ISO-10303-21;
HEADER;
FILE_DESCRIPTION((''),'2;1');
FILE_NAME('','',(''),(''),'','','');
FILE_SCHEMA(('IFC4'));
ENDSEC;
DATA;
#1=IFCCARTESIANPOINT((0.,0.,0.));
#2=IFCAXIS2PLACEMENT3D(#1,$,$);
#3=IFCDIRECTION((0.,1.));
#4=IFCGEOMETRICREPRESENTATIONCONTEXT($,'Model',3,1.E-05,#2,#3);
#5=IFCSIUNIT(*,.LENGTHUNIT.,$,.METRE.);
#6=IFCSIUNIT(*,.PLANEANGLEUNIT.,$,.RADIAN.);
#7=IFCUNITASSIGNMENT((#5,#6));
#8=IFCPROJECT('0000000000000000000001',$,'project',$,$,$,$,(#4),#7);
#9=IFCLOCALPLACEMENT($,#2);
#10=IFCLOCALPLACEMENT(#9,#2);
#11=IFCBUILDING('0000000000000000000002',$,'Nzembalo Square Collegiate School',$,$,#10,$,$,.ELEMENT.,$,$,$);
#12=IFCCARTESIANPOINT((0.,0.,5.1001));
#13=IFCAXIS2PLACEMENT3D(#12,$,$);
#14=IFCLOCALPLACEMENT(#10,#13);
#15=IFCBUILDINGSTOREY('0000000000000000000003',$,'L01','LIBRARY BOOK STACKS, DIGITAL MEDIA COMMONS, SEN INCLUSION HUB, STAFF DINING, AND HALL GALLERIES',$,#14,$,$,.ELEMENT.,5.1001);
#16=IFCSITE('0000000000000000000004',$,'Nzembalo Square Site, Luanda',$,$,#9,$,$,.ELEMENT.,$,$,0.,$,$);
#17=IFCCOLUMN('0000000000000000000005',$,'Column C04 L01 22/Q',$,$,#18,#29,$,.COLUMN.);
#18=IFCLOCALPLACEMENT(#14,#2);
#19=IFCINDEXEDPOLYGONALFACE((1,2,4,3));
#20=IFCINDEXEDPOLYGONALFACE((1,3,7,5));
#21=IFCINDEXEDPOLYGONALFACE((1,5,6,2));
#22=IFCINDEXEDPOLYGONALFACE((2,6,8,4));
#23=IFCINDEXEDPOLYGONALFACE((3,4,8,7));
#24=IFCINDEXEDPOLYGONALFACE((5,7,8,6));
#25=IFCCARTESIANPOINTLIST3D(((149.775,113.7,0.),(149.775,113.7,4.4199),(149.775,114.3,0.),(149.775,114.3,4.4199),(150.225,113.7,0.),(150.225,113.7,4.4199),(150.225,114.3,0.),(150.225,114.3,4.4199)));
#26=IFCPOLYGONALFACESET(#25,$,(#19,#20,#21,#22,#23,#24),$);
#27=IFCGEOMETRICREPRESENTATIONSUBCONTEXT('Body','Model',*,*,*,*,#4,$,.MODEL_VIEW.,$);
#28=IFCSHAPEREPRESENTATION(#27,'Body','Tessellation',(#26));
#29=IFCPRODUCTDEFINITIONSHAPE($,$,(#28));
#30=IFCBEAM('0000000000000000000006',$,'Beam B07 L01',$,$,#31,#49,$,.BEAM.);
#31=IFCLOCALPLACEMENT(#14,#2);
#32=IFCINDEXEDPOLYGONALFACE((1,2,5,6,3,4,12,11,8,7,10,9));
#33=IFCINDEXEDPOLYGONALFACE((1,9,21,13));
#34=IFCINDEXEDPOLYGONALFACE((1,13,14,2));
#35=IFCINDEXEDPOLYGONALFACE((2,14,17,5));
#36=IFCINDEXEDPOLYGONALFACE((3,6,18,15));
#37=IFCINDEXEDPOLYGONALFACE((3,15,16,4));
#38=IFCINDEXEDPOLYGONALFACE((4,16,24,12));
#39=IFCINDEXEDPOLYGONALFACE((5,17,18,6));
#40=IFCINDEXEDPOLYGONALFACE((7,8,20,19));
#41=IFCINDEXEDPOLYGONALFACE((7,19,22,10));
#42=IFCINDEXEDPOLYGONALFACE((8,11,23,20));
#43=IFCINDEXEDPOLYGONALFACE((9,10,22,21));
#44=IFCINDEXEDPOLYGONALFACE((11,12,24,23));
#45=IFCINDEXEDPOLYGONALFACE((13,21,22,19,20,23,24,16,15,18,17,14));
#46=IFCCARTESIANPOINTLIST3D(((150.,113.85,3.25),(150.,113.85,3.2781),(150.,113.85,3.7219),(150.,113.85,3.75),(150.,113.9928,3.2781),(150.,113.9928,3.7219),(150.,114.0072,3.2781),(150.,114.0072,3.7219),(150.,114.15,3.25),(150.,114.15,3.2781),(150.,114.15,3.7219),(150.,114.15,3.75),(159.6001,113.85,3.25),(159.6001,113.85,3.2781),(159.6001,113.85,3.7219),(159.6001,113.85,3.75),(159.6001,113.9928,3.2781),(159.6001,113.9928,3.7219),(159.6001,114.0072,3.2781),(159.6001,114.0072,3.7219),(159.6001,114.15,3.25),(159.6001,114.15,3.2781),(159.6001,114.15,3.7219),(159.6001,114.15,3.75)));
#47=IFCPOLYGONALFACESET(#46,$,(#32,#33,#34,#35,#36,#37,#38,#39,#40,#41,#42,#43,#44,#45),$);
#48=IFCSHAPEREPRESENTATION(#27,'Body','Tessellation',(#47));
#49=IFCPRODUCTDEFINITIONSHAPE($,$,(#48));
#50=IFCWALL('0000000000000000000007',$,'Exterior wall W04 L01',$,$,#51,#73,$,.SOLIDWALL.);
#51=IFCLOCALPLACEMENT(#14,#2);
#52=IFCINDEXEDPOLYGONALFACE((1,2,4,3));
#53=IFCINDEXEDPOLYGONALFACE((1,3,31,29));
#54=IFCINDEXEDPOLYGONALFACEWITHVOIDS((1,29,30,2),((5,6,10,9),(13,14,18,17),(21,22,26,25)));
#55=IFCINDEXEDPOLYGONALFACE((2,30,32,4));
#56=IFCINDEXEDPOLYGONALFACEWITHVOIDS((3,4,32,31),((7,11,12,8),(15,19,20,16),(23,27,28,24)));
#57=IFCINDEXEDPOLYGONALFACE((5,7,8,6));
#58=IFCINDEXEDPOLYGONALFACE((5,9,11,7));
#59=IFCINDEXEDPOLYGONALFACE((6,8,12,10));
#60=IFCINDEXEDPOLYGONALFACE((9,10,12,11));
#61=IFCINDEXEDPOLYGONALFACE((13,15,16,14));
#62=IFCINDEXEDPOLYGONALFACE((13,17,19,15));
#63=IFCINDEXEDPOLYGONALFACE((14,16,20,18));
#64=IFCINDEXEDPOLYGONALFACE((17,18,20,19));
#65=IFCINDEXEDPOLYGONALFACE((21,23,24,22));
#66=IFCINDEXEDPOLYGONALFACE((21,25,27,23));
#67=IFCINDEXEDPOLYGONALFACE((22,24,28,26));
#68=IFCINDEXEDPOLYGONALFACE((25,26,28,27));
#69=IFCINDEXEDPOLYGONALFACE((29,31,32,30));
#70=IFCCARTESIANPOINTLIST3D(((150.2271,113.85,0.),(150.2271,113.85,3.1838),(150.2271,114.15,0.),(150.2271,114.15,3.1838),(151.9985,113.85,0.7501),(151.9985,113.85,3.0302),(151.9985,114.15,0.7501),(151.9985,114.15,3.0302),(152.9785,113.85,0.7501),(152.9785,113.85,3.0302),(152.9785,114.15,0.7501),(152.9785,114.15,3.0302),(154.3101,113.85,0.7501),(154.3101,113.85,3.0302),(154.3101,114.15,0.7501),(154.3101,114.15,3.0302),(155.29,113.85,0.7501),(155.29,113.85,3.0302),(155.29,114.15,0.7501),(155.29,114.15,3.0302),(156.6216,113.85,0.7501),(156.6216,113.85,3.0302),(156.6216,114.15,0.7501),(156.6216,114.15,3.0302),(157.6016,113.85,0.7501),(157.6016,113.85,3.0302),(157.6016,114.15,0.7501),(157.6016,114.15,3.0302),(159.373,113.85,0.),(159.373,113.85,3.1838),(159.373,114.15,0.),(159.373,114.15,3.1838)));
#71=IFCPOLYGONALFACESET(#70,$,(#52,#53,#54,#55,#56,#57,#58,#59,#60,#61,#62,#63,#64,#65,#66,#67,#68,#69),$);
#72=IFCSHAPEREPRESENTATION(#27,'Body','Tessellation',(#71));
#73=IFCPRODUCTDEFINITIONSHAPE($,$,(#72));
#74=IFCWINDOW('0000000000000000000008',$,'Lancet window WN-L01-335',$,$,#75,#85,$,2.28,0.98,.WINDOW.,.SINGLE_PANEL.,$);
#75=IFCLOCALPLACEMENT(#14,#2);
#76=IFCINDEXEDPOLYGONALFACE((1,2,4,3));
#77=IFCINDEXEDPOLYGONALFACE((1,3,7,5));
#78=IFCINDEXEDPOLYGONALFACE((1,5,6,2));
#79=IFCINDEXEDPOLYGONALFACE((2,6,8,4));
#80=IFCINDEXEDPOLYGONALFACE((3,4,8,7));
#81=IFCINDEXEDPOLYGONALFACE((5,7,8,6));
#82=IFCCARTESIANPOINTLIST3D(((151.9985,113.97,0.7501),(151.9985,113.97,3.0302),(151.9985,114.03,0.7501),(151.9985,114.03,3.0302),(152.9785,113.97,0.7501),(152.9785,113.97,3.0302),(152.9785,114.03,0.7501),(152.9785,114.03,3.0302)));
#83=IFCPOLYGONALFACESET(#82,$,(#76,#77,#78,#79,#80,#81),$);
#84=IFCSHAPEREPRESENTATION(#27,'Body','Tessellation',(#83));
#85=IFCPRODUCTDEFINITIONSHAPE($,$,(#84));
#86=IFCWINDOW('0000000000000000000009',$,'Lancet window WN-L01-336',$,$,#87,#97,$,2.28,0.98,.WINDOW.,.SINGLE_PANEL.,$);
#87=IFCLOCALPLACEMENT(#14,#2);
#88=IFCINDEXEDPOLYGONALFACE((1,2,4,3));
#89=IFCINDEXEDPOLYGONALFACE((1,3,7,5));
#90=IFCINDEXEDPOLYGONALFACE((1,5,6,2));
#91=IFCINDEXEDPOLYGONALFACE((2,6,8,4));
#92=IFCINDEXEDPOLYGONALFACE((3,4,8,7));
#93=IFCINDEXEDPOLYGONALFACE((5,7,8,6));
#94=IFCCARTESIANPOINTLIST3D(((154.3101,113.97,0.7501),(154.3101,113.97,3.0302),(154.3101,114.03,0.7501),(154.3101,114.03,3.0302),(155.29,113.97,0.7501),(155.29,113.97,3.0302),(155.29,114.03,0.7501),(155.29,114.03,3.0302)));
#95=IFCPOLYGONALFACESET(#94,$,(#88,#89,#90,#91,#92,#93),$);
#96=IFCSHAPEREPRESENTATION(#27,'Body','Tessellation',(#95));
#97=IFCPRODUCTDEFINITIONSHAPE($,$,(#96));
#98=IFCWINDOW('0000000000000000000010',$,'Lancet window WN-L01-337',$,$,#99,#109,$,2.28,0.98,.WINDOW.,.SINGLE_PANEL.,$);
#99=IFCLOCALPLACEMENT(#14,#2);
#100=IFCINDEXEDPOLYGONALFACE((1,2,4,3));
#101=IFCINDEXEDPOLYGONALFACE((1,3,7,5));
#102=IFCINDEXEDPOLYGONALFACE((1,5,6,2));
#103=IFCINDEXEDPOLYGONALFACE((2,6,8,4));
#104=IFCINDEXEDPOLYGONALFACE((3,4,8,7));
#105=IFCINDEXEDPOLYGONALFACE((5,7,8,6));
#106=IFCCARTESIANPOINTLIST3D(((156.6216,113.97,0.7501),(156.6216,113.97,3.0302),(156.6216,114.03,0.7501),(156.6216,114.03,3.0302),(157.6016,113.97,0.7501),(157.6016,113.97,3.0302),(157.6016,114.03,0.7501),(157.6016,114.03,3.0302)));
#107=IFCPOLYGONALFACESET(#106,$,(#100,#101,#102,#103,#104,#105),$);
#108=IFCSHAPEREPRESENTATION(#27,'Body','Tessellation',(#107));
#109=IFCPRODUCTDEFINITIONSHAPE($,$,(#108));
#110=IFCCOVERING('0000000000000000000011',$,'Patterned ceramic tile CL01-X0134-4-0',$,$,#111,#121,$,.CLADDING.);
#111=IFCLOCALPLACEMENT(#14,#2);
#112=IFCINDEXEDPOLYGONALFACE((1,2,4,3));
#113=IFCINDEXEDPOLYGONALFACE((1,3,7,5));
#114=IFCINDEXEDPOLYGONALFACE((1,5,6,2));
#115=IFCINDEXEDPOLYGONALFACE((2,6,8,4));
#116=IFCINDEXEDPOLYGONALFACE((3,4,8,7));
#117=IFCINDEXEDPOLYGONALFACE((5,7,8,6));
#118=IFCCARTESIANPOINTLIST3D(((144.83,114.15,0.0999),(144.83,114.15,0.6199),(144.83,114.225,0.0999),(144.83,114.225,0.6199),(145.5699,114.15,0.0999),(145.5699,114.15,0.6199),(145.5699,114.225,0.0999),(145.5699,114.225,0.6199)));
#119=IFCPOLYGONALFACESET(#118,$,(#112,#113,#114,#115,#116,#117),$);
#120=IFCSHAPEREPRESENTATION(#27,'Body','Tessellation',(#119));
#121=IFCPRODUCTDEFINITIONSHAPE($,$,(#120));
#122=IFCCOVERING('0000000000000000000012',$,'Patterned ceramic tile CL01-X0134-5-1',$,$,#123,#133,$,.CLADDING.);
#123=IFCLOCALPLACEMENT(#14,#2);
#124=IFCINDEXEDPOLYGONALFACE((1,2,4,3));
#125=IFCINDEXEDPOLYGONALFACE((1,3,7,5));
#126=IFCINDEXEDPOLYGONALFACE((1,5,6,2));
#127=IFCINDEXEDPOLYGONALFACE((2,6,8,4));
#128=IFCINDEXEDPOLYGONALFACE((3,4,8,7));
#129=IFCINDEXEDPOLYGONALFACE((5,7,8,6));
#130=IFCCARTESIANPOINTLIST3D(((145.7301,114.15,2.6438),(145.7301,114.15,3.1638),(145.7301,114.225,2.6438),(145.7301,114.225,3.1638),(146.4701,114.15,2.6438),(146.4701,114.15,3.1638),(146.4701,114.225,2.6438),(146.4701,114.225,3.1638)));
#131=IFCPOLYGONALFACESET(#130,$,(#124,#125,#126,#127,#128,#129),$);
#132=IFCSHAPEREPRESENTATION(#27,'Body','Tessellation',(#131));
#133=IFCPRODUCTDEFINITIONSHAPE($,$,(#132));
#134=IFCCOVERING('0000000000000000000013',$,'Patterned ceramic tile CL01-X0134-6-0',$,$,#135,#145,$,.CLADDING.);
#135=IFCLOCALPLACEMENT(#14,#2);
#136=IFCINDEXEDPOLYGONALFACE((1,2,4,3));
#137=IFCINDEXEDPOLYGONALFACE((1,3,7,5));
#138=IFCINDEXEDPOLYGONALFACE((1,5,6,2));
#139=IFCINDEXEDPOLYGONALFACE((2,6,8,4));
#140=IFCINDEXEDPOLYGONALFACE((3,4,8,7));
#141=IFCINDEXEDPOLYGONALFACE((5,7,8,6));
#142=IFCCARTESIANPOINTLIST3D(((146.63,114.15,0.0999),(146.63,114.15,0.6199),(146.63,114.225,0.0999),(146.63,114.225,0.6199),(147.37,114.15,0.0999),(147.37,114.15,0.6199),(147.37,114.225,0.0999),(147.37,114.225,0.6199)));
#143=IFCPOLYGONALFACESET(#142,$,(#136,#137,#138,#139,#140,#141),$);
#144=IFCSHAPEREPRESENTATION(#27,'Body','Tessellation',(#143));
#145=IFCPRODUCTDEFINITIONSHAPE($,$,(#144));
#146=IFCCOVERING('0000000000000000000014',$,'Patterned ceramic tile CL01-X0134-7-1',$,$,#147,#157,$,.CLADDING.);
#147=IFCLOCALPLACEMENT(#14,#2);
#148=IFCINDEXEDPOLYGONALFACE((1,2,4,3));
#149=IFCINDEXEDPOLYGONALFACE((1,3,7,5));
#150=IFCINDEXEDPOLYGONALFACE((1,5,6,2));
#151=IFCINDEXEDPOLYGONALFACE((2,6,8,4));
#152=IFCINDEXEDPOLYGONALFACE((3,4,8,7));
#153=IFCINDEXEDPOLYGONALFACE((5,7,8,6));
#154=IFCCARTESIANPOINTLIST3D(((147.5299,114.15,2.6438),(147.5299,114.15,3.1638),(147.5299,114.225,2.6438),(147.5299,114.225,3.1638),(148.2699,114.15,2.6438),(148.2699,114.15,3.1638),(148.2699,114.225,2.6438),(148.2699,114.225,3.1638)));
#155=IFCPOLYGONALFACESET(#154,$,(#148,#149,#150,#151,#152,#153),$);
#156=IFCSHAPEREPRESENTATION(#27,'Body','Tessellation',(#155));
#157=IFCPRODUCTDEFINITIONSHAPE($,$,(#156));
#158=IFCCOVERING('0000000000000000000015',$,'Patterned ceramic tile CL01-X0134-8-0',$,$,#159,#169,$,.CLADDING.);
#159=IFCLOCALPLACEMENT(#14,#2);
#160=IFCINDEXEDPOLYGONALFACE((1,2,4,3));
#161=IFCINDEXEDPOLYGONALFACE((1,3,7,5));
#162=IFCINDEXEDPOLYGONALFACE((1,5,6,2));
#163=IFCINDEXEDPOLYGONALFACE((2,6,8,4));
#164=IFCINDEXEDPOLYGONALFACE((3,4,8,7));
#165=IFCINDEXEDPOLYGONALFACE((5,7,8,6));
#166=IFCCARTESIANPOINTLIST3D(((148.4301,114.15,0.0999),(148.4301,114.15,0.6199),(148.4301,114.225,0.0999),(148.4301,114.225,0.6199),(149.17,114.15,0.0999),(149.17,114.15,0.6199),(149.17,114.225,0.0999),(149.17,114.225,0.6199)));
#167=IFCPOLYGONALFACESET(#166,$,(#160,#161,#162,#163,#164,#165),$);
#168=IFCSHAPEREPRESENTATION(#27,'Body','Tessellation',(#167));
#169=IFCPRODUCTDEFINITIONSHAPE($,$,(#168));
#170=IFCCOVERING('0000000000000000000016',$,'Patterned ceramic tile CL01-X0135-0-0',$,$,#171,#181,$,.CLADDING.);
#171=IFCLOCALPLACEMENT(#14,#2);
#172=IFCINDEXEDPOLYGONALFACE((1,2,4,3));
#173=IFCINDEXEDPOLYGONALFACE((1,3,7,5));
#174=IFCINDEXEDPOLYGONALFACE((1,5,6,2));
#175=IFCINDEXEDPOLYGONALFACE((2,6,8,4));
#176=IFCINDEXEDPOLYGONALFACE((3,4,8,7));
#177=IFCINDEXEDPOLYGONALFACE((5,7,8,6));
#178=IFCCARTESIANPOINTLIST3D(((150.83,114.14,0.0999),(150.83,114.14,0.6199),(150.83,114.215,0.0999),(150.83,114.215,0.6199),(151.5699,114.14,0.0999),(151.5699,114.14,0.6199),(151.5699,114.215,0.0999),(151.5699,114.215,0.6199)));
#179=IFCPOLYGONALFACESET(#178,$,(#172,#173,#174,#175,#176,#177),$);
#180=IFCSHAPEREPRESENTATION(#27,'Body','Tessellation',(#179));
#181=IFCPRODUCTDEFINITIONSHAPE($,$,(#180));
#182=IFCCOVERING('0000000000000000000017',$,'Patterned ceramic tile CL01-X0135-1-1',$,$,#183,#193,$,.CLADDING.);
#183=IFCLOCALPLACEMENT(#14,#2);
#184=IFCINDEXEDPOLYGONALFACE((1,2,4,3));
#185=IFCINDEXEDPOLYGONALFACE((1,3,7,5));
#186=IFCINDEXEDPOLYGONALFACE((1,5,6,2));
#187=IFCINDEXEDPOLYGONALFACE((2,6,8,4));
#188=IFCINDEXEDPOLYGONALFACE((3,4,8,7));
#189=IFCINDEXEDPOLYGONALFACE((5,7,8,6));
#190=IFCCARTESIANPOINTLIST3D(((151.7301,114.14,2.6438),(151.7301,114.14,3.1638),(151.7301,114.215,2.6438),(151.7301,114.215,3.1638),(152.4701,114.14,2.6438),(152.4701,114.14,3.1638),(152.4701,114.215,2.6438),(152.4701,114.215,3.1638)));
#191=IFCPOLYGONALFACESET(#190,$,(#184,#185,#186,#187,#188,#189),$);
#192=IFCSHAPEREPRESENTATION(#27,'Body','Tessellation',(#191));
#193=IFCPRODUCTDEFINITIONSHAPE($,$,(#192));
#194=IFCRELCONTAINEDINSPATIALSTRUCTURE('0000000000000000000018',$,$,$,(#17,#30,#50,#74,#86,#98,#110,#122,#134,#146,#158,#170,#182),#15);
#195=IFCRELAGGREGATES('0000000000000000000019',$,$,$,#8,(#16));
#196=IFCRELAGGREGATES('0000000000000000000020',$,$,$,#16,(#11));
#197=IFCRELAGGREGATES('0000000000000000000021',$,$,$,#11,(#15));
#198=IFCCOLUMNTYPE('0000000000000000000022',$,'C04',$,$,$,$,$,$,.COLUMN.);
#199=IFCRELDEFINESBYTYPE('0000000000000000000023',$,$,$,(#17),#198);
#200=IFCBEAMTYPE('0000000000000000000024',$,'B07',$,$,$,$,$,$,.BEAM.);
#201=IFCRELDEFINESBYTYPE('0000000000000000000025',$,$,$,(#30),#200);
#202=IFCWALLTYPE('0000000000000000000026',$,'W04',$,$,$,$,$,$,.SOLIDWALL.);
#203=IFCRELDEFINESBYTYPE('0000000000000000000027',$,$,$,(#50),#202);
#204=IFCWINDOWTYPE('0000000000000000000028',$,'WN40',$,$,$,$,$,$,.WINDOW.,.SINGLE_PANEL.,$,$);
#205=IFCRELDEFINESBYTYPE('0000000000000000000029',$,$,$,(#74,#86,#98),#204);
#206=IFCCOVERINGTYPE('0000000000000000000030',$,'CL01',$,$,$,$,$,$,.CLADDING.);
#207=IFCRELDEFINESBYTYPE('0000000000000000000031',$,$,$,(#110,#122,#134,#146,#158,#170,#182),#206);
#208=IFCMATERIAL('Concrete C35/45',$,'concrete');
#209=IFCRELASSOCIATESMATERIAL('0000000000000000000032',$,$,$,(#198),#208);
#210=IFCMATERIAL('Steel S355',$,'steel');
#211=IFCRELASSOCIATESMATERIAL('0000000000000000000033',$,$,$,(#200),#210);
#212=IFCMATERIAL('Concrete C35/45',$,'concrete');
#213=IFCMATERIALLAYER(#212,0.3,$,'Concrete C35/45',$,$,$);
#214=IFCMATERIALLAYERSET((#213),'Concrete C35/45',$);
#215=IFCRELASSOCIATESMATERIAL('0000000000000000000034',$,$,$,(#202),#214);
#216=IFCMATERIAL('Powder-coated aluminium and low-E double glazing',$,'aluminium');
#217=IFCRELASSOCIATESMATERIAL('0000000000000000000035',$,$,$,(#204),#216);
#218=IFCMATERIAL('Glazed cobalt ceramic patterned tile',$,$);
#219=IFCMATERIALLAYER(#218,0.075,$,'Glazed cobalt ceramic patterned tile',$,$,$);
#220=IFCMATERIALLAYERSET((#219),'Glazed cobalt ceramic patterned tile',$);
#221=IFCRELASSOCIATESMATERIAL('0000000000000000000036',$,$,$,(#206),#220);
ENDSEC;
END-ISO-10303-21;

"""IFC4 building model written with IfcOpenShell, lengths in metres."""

from ifc_helpers import new_model, si_unit, direction, frame, frame_2d, origin, origin_2d, place, context, subcontext, project, spatial, rectangle, i_section, extrude, material, layer, layer_set, material_profile, profile_set, type_object, element, fill, save


model = new_model("IFC4")

# Units and contexts
model_context = context("Model", 3, precision=1e-05, world=origin(), true_north=direction((0.0, 1.0)))
body_context = subcontext(model_context, "Body", "Model", "MODEL_VIEW")
ifc_project = project(units=[si_unit("LENGTHUNIT", "METRE"), si_unit("PLANEANGLEUNIT", "RADIAN")], contexts=[model_context])

# Site, building, storey
site_placement = place(None, origin())
site = spatial("IfcSite", under=ifc_project, at=site_placement, Name="Nzembalo Square Site, Luanda", CompositionType="ELEMENT", RefElevation=0.0)
building_placement = place(site_placement, origin())
building = spatial("IfcBuilding", under=site, at=building_placement, Name="Nzembalo Square Collegiate School", CompositionType="ELEMENT")
storey_placement = place(building_placement, frame((0.0, 0.0, 5.1001)))
storey = spatial("IfcBuildingStorey", under=building, at=storey_placement, Name="L01", Description="LIBRARY BOOK STACKS, DIGITAL MEDIA COMMONS, SEN INCLUSION HUB, STAFF DINING, AND HALL GALLERIES", CompositionType="ELEMENT", Elevation=5.1001)

# Column
ifc_material_1 = material(Name="Concrete C35/45", Category="concrete")
ifc_material_profile_1 = material_profile(ifc_material_1, rectangle(XDim=0.45, YDim=0.6001, at=origin_2d()), Name="RC 450x600")
ifc_profile_set_1 = profile_set([ifc_material_profile_1], Name="Concrete C35/45")
column_type = type_object("IfcColumnType", Name="C04", PredefinedType="COLUMN", material=ifc_profile_set_1)
column_placement = place(storey_placement, frame((150.0, 114.0, 0.0), z_axis=(0.0, 0.0, 1.0), x_axis=(1.0, 0.0, 0.0)))
element("IfcColumn", 1, at=column_placement, inside=storey, type_object=column_type, Name="Column C04 L01 22/Q", PredefinedType="COLUMN", context=body_context, shape_type="SweptSolid", body=[
    extrude(rectangle(XDim=0.45, YDim=0.6001, at=origin_2d()), origin(), (0.0, 0.0, 1.0), 4.4199),
])

# Beam
ifc_material_2 = material(Name="Steel S355", Category="steel")
ifc_material_profile_2 = material_profile(ifc_material_2, i_section(OverallWidth=0.3, OverallDepth=0.5, WebThickness=0.0144, FlangeThickness=0.0281, at=origin_2d()), Name="HEB 500")
ifc_profile_set_2 = profile_set([ifc_material_profile_2], Name="Steel S355")
beam_type = type_object("IfcBeamType", Name="B07", PredefinedType="BEAM", material=ifc_profile_set_2)
beam_placement = place(storey_placement, frame((150.0, 114.0, 3.5), z_axis=(1.0, 0.0, 0.0), x_axis=(0.0, 1.0, 0.0)))
element("IfcBeam", 2, at=beam_placement, inside=storey, type_object=beam_type, Name="Beam B07 L01", PredefinedType="BEAM", context=body_context, shape_type="SweptSolid", body=[
    extrude(i_section(OverallWidth=0.3, OverallDepth=0.5, WebThickness=0.0144, FlangeThickness=0.0281, at=origin_2d()), origin(), (0.0, 0.0, 1.0), 9.6001),
])

# Wall, openings, windows
ifc_material_3 = material(Name="Concrete C35/45", Category="concrete")
ifc_layer_1 = layer(ifc_material_3, 0.3, Name="Concrete C35/45")
ifc_layer_set_1 = layer_set([ifc_layer_1], Name="Concrete C35/45")
wall_type = type_object("IfcWallType", Name="W04", PredefinedType="SOLIDWALL", material=ifc_layer_set_1)
wall_placement = place(storey_placement, frame((150.2271, 114.0, 0.0), z_axis=(0.0, 0.0, 1.0), x_axis=(1.0, 0.0, 0.0)))
wall = element("IfcWall", 3, at=wall_placement, inside=storey, type_object=wall_type, Name="Exterior wall W04 L01", PredefinedType="SOLIDWALL", context=body_context, shape_type="SweptSolid", body=[
    extrude(rectangle(XDim=9.146, YDim=0.3, at=frame_2d((4.573, 0.0))), origin(), (0.0, 0.0, 1.0), 3.1838),
])
opening_1_placement = place(wall_placement, frame((1.7715, 0.0, 0.75)))
opening_1 = element("IfcOpeningElement", 4, at=opening_1_placement, cuts=wall, PredefinedType="OPENING", context=body_context, shape_type="SweptSolid", body=[
    extrude(rectangle(XDim=0.98, YDim=2.28, at=frame_2d((0.49, 1.1401))), frame((0.0, 0.1602, 0.0), z_axis=(0.0, -1.0, 0.0), x_axis=(1.0, 0.0, 0.0)), (0.0, 0.0, 1.0), 0.3201),
])
opening_2_placement = place(wall_placement, frame((4.083, 0.0, 0.75)))
opening_2 = element("IfcOpeningElement", 5, at=opening_2_placement, cuts=wall, PredefinedType="OPENING", context=body_context, shape_type="SweptSolid", body=[
    extrude(rectangle(XDim=0.98, YDim=2.28, at=frame_2d((0.49, 1.1401))), frame((0.0, 0.1602, 0.0), z_axis=(0.0, -1.0, 0.0), x_axis=(1.0, 0.0, 0.0)), (0.0, 0.0, 1.0), 0.3201),
])
opening_3_placement = place(wall_placement, frame((6.3945, 0.0, 0.75)))
opening_3 = element("IfcOpeningElement", 6, at=opening_3_placement, cuts=wall, PredefinedType="OPENING", context=body_context, shape_type="SweptSolid", body=[
    extrude(rectangle(XDim=0.98, YDim=2.28, at=frame_2d((0.49, 1.1401))), frame((0.0, 0.1602, 0.0), z_axis=(0.0, -1.0, 0.0), x_axis=(1.0, 0.0, 0.0)), (0.0, 0.0, 1.0), 0.3201),
])
ifc_material_4 = material(Name="Powder-coated aluminium and low-E double glazing", Category="aluminium")
window_type = type_object("IfcWindowType", Name="WN40", PartitioningType="SINGLE_PANEL", PredefinedType="WINDOW", material=ifc_material_4)
window_1_placement = place(opening_1_placement, origin())
window_1 = element("IfcWindow", 7, at=window_1_placement, inside=storey, type_object=window_type, Name="Lancet window WN-L01-335", OverallHeight=2.28, OverallWidth=0.98, PartitioningType="SINGLE_PANEL", PredefinedType="WINDOW", context=body_context, shape_type="SweptSolid", body=[
    extrude(rectangle(XDim=0.98, YDim=2.28, at=frame_2d((0.49, 1.1401))), frame((0.0, 0.03, 0.0), z_axis=(0.0, -1.0, 0.0), x_axis=(1.0, 0.0, 0.0)), (0.0, 0.0, 1.0), 0.0601),
])
fill(opening_1, window_1)
window_2_placement = place(opening_2_placement, origin())
window_2 = element("IfcWindow", 8, at=window_2_placement, inside=storey, type_object=window_type, Name="Lancet window WN-L01-336", OverallHeight=2.28, OverallWidth=0.98, PartitioningType="SINGLE_PANEL", PredefinedType="WINDOW", context=body_context, shape_type="SweptSolid", body=[
    extrude(rectangle(XDim=0.98, YDim=2.28, at=frame_2d((0.49, 1.1401))), frame((0.0, 0.03, 0.0), z_axis=(0.0, -1.0, 0.0), x_axis=(1.0, 0.0, 0.0)), (0.0, 0.0, 1.0), 0.0601),
])
fill(opening_2, window_2)
window_3_placement = place(opening_3_placement, origin())
window_3 = element("IfcWindow", 9, at=window_3_placement, inside=storey, type_object=window_type, Name="Lancet window WN-L01-337", OverallHeight=2.28, OverallWidth=0.98, PartitioningType="SINGLE_PANEL", PredefinedType="WINDOW", context=body_context, shape_type="SweptSolid", body=[
    extrude(rectangle(XDim=0.98, YDim=2.28, at=frame_2d((0.49, 1.1401))), frame((0.0, 0.03, 0.0), z_axis=(0.0, -1.0, 0.0), x_axis=(1.0, 0.0, 0.0)), (0.0, 0.0, 1.0), 0.0601),
])
fill(opening_3, window_3)

# Coverings
ifc_material_5 = material(Name="Glazed cobalt ceramic patterned tile")
ifc_layer_2 = layer(ifc_material_5, 0.075, Name="Glazed cobalt ceramic patterned tile")
ifc_layer_set_2 = layer_set([ifc_layer_2], Name="Glazed cobalt ceramic patterned tile")
covering_type_1 = type_object("IfcCoveringType", Name="CL01", PredefinedType="CLADDING", material=ifc_layer_set_2)
for number, where, z_axis, x_axis, name in (
    (10, (145.2, 114.1875, 0.0999), (0.0, 0.0, 1.0), (1.0, 0.0, 0.0), "Patterned ceramic tile CL01-X0134-4-0"),
    (11, (146.1001, 114.1875, 2.6438), (0.0, 0.0, 1.0), (1.0, 0.0, 0.0), "Patterned ceramic tile CL01-X0134-5-1"),
    (12, (147.0, 114.1875, 0.0999), (0.0, 0.0, 1.0), (1.0, 0.0, 0.0), "Patterned ceramic tile CL01-X0134-6-0"),
    (13, (147.8999, 114.1875, 2.6438), (0.0, 0.0, 1.0), (1.0, 0.0, 0.0), "Patterned ceramic tile CL01-X0134-7-1"),
    (14, (148.8, 114.1875, 0.0999), (0.0, 0.0, 1.0), (1.0, 0.0, 0.0), "Patterned ceramic tile CL01-X0134-8-0"),
    (15, (151.2, 114.1775, 0.0999), (0.0, 0.0, 1.0), (1.0, 0.0, 0.0), "Patterned ceramic tile CL01-X0135-0-0"),
    (16, (152.1001, 114.1775, 2.6438), (0.0, 0.0, 1.0), (1.0, 0.0, 0.0), "Patterned ceramic tile CL01-X0135-1-1"),
):
    element("IfcCovering", number, at=place(storey_placement, frame(where, z_axis=z_axis, x_axis=x_axis)), inside=storey, type_object=covering_type_1, Name=name, PredefinedType="CLADDING", context=body_context, shape_type="SweptSolid", body=[
        extrude(rectangle(XDim=0.74, YDim=0.075, at=origin_2d()), origin(), (0.0, 0.0, 1.0), 0.52),
    ])

save(model, "model.ifc")
